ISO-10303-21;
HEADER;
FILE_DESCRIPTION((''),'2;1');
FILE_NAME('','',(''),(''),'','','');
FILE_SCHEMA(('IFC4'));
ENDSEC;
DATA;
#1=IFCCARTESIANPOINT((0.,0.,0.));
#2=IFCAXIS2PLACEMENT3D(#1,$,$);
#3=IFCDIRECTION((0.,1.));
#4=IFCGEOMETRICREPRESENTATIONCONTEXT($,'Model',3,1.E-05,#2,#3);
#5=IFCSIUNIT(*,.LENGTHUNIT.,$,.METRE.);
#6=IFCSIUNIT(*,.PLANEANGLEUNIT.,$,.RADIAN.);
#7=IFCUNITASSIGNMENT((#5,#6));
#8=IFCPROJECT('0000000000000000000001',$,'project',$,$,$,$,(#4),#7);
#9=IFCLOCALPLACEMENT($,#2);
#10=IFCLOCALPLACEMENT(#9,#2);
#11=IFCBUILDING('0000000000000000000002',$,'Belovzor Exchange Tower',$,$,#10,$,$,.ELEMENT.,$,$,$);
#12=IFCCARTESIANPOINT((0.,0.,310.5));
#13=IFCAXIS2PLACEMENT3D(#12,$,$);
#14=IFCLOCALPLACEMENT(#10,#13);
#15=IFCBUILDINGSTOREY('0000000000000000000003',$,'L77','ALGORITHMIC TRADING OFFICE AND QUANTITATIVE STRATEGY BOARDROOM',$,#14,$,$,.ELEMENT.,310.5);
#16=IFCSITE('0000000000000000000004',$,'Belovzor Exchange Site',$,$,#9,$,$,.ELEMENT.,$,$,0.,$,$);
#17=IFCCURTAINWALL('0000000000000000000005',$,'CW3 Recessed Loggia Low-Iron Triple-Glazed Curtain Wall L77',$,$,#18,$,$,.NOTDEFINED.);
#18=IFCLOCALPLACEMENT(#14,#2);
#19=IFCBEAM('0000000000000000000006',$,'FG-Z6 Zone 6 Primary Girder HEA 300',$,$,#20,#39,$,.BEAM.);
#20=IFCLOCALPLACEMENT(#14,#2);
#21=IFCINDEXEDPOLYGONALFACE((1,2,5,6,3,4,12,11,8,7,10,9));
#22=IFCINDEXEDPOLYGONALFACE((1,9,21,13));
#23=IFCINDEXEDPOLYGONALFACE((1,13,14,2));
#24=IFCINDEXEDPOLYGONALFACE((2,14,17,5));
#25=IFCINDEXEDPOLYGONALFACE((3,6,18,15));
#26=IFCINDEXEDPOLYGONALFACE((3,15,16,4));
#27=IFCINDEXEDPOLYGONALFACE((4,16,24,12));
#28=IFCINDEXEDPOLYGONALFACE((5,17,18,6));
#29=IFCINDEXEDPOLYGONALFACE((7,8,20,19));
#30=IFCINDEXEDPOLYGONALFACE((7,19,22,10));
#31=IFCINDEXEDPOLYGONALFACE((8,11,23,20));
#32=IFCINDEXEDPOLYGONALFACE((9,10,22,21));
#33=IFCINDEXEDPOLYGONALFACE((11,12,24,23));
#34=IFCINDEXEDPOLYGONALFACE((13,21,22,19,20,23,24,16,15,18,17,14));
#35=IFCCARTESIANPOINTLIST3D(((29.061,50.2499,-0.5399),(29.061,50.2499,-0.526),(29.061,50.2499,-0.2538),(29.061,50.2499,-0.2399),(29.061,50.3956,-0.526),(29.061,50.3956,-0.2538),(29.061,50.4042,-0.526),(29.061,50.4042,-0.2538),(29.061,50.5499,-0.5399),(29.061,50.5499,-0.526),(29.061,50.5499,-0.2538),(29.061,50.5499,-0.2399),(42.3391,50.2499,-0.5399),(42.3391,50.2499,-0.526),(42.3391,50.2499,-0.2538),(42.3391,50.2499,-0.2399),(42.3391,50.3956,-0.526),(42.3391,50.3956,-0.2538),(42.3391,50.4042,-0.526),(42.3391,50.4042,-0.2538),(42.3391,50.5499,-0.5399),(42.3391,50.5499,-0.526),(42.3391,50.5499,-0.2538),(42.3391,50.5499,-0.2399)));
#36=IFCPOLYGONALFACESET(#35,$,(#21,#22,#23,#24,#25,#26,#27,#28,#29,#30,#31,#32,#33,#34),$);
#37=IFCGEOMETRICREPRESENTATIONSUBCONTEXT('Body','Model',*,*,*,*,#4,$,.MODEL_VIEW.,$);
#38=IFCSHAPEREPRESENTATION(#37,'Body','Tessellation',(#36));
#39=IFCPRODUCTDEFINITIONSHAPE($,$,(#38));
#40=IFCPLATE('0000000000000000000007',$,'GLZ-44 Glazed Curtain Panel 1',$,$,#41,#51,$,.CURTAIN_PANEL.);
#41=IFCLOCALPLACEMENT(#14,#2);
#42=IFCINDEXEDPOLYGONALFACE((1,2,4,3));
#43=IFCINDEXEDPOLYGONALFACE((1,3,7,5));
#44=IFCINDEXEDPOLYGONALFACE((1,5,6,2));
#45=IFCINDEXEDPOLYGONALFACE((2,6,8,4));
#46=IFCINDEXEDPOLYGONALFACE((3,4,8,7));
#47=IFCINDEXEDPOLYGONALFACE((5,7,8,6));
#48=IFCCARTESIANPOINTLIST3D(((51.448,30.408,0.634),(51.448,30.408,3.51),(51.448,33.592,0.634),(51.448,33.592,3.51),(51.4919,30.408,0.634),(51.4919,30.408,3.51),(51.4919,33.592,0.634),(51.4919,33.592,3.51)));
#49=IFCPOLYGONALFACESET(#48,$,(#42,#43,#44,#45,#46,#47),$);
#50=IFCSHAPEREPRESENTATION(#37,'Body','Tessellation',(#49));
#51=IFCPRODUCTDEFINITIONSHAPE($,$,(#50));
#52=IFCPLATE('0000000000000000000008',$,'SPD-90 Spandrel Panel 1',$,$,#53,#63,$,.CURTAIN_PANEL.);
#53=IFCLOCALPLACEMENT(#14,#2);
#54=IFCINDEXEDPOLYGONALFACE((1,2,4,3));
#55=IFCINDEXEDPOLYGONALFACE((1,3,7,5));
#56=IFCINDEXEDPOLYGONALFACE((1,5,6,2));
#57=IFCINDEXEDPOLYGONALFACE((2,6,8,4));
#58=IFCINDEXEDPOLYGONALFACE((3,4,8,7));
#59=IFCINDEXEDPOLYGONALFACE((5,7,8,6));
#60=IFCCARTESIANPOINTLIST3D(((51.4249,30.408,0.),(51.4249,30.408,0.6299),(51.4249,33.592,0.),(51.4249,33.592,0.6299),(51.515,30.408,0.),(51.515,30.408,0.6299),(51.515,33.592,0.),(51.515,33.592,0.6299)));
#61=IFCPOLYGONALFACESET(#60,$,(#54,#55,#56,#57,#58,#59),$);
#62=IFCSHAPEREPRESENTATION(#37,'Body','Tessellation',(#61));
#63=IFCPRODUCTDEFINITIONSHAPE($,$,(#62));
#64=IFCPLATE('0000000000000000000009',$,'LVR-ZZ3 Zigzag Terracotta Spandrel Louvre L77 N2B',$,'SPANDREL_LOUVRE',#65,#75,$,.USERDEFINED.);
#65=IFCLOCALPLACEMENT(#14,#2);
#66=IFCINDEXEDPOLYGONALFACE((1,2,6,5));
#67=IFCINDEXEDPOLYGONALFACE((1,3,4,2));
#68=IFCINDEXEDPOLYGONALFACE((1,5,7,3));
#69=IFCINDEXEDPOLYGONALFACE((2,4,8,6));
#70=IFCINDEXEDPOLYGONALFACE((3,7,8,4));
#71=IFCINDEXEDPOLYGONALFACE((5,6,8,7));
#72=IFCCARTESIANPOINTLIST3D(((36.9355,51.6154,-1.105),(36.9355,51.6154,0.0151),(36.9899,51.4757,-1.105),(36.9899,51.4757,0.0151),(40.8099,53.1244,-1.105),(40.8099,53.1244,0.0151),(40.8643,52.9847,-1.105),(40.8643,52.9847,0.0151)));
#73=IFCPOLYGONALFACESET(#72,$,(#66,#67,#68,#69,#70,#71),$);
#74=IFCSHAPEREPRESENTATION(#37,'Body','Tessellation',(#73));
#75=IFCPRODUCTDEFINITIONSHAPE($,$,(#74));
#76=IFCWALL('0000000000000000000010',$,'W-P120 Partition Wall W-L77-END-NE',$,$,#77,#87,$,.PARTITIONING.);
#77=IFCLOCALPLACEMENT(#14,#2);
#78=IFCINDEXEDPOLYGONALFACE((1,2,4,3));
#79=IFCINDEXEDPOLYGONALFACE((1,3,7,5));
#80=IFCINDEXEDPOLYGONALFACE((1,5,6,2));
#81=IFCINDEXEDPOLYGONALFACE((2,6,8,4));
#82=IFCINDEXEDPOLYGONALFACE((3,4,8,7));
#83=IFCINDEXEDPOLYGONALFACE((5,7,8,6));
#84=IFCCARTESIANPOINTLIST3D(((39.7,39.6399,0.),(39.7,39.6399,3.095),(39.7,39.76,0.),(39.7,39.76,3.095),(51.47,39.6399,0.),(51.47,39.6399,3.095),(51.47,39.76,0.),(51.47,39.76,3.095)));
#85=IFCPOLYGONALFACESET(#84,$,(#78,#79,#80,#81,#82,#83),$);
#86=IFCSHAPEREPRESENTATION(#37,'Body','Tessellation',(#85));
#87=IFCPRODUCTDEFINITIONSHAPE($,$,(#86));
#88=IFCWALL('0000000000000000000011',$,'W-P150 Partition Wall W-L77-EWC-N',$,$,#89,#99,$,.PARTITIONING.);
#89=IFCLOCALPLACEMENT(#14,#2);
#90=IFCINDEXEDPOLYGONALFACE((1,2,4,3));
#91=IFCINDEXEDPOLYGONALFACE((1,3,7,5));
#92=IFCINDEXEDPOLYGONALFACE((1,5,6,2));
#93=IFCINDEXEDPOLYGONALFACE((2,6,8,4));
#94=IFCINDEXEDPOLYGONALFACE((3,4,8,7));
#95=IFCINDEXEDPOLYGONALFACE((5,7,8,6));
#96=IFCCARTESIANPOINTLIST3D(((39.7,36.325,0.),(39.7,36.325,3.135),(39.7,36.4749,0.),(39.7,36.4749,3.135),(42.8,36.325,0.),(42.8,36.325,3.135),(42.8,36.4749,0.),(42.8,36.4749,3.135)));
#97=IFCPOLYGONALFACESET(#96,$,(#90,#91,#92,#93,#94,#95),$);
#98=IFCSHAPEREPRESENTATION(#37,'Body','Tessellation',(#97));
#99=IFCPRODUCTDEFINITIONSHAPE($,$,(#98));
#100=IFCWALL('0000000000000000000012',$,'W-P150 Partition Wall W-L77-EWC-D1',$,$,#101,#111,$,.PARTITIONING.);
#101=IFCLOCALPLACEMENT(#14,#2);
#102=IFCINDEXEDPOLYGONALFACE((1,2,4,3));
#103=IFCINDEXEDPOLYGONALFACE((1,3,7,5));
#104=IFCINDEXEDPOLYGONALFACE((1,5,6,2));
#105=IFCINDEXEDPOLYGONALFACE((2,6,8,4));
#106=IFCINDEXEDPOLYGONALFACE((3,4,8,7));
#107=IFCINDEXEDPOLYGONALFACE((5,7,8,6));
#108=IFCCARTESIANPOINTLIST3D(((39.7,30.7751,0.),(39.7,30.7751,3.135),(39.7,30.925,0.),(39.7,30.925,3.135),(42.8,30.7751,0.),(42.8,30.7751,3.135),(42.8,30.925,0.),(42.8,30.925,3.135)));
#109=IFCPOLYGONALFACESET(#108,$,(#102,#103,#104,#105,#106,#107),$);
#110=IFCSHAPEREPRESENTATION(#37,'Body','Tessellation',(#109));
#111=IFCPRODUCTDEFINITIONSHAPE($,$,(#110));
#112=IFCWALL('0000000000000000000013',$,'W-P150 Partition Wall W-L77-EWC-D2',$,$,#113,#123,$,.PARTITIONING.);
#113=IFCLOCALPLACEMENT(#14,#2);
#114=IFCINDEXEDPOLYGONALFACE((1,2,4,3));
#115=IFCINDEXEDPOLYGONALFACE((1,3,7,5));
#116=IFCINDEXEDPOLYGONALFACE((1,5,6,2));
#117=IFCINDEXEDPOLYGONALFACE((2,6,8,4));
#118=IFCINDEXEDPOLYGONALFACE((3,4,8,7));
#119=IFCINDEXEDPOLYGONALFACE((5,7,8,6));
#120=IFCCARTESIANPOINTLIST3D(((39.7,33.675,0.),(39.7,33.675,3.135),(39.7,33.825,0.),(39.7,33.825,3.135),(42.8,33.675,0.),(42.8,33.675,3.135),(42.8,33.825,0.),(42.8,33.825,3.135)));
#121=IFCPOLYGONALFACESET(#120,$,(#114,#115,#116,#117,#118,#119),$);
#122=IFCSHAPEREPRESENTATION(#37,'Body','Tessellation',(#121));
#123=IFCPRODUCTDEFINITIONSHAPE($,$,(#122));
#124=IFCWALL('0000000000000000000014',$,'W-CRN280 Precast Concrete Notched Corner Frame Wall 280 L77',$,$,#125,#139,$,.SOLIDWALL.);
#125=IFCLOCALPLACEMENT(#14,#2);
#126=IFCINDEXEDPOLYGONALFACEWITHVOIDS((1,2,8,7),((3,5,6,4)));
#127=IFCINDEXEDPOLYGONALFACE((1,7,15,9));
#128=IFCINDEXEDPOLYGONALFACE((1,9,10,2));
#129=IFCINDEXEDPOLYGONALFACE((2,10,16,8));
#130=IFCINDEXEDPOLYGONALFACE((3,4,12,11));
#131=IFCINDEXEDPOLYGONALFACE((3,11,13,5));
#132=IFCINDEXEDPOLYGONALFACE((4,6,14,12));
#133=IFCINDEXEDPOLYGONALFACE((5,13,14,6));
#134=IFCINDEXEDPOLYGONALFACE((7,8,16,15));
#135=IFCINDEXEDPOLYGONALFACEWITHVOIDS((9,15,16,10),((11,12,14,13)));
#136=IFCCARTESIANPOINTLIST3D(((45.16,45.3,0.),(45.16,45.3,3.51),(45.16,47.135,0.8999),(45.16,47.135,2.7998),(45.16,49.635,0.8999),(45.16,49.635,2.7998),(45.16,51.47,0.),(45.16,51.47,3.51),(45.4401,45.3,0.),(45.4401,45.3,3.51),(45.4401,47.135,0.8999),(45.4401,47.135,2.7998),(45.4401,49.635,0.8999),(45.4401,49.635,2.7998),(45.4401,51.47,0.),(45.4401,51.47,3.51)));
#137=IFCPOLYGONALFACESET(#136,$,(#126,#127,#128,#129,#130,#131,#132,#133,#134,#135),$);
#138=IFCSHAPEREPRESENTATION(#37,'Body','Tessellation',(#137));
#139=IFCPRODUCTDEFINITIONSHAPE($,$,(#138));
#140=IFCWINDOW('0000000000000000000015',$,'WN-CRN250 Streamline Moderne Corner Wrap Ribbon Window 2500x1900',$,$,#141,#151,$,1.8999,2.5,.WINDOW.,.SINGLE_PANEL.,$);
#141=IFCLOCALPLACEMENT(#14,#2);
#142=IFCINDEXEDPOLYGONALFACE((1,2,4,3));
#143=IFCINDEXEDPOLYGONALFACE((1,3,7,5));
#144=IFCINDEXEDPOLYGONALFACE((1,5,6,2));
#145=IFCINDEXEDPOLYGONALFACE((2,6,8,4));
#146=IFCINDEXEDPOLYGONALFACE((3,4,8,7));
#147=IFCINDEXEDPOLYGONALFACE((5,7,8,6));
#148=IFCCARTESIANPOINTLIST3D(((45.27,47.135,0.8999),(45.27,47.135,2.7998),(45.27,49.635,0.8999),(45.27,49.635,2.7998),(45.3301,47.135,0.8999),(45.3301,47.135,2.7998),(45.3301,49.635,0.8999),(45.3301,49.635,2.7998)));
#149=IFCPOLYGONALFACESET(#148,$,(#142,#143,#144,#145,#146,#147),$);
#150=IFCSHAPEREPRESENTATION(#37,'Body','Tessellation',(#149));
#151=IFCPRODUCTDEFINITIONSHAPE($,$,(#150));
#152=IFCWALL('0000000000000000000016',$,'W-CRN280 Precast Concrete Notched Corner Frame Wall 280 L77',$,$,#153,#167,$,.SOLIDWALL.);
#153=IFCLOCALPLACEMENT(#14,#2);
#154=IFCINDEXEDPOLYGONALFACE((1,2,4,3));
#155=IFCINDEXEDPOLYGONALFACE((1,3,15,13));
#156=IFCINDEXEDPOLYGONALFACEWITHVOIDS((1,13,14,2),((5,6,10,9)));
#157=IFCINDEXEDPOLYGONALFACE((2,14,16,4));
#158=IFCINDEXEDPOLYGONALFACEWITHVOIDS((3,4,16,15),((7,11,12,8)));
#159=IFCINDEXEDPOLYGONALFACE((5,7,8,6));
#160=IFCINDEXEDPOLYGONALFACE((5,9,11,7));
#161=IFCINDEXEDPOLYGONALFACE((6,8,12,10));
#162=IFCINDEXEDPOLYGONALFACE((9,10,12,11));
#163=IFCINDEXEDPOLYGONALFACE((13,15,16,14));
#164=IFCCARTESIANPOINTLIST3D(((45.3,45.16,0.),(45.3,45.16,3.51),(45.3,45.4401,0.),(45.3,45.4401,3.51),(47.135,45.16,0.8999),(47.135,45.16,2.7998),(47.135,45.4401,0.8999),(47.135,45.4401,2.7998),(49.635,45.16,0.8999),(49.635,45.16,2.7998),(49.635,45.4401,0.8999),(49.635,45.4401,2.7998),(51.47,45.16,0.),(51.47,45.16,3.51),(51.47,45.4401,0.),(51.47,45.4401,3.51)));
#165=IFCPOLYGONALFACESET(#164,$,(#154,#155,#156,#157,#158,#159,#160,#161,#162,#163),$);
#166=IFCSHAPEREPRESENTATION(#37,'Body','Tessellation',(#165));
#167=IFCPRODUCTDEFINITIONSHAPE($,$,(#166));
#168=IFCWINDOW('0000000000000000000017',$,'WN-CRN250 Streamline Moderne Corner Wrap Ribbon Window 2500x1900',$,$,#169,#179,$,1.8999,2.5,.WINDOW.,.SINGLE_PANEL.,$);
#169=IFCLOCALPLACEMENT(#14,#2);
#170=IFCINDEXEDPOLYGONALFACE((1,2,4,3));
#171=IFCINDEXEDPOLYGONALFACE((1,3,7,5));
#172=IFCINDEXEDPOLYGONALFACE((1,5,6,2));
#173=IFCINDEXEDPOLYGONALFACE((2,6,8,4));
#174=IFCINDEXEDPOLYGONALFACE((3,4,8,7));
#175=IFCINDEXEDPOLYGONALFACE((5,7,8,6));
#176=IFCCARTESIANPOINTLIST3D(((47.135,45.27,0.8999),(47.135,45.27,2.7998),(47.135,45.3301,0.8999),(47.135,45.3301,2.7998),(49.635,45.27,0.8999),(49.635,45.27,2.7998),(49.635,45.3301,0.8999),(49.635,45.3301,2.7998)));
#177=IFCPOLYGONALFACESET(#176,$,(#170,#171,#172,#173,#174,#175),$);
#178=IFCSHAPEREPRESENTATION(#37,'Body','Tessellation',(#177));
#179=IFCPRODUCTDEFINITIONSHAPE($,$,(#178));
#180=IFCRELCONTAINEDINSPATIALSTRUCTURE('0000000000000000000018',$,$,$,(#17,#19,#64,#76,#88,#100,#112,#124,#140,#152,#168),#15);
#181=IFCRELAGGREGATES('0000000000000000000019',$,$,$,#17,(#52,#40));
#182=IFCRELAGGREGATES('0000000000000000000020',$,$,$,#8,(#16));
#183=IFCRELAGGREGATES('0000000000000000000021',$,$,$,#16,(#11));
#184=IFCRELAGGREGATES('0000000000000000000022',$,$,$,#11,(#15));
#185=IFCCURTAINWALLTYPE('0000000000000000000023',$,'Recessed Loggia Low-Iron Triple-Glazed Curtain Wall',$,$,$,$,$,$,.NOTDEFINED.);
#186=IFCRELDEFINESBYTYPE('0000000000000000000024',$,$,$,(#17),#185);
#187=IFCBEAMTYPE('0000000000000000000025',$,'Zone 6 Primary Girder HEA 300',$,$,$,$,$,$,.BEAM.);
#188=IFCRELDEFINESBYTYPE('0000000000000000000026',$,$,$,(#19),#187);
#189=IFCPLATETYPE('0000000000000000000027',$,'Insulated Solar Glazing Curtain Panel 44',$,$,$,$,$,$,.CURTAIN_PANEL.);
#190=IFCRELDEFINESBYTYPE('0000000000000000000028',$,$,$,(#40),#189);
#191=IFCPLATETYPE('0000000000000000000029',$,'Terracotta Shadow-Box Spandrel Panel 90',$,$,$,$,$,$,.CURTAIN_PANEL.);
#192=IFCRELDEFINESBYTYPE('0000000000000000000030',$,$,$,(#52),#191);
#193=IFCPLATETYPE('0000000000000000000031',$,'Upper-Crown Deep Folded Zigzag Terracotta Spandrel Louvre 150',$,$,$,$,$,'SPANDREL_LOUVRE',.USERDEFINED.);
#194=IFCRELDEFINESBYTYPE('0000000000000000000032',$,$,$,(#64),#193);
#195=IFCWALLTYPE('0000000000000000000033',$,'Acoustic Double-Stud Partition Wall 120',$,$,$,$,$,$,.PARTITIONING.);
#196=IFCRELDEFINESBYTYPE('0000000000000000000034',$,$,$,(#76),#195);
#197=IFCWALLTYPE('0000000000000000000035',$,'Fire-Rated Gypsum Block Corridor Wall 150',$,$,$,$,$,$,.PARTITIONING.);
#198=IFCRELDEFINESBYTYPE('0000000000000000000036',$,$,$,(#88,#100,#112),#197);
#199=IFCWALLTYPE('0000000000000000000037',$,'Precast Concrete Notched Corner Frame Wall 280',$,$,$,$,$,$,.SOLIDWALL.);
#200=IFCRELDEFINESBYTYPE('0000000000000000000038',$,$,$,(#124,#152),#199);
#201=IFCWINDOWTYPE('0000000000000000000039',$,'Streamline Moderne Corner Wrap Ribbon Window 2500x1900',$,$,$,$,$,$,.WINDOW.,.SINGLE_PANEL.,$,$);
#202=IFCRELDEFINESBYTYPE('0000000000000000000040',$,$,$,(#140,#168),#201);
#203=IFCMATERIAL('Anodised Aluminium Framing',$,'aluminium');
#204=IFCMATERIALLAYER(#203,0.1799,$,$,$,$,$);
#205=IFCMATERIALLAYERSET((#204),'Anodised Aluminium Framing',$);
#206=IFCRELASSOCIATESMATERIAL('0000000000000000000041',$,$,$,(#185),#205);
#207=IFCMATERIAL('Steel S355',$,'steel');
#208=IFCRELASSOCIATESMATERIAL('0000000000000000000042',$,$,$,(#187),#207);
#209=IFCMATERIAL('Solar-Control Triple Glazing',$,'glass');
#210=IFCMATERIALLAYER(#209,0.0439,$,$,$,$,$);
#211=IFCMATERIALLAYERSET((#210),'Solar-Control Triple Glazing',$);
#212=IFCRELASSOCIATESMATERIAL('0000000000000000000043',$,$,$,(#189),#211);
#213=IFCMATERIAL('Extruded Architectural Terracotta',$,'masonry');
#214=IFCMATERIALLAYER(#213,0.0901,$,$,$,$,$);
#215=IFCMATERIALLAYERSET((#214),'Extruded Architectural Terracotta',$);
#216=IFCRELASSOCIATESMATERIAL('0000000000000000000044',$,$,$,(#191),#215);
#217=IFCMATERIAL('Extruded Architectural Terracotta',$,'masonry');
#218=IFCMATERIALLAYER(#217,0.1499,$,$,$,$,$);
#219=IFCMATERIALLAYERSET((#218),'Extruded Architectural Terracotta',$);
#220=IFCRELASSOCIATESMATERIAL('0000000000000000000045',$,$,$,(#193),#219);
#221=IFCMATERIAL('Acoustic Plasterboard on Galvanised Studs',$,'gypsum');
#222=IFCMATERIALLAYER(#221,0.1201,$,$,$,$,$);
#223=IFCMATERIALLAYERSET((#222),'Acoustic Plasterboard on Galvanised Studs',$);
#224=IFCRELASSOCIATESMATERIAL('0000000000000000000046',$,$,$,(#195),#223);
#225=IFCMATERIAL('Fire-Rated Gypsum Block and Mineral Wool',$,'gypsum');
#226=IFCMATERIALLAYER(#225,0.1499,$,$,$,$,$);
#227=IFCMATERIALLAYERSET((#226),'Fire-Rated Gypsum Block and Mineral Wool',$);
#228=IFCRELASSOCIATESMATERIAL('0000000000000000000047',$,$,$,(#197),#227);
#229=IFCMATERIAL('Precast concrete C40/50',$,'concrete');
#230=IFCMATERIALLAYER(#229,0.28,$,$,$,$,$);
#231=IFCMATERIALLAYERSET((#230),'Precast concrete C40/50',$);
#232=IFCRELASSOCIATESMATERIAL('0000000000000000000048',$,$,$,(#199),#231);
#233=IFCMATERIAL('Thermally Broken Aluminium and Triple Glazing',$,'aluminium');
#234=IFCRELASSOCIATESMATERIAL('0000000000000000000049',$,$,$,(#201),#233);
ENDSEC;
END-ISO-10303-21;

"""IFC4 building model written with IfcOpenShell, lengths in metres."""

from ifc_helpers import new_model, si_unit, direction, frame, frame_2d, origin, origin_2d, place, context, subcontext, project, spatial, rectangle, i_section, extrude, material, layer, layer_set, material_profile, profile_set, type_object, element, fill, aggregate, save


model = new_model("IFC4")

# Units and contexts
model_context = context("Model", 3, precision=1e-05, world=origin(), true_north=direction((0.0, 1.0)))
body_context = subcontext(model_context, "Body", "Model", "MODEL_VIEW")
ifc_project = project(units=[si_unit("LENGTHUNIT", "METRE"), si_unit("PLANEANGLEUNIT", "RADIAN")], contexts=[model_context])

# Site, building, storey
site_placement = place(None, origin())
site = spatial("IfcSite", under=ifc_project, at=site_placement, Name="Belovzor Exchange Site", CompositionType="ELEMENT", RefElevation=0.0)
building_placement = place(site_placement, origin())
building = spatial("IfcBuilding", under=site, at=building_placement, Name="Belovzor Exchange Tower", CompositionType="ELEMENT")
storey_placement = place(building_placement, frame((0.0, 0.0, 310.5)))
storey = spatial("IfcBuildingStorey", under=building, at=storey_placement, Name="L77", Description="ALGORITHMIC TRADING OFFICE AND QUANTITATIVE STRATEGY BOARDROOM", CompositionType="ELEMENT", Elevation=310.5)

# Curtain wall
ifc_material_1 = material(Name="Anodised Aluminium Framing", Category="aluminium")
ifc_layer_1 = layer(ifc_material_1, 0.1799)
ifc_layer_set_1 = layer_set([ifc_layer_1], Name="Anodised Aluminium Framing")
curtain_wall_type = type_object("IfcCurtainWallType", Name="Recessed Loggia Low-Iron Triple-Glazed Curtain Wall", PredefinedType="NOTDEFINED", material=ifc_layer_set_1)
curtain_wall_placement = place(storey_placement, origin())
curtain_wall = element("IfcCurtainWall", 1, at=curtain_wall_placement, inside=storey, type_object=curtain_wall_type, Name="CW3 Recessed Loggia Low-Iron Triple-Glazed Curtain Wall L77", PredefinedType="NOTDEFINED")

# Beam
ifc_material_2 = material(Name="Steel S355", Category="steel")
ifc_material_profile_1 = material_profile(ifc_material_2, i_section(OverallWidth=0.3, OverallDepth=0.3, WebThickness=0.0085, FlangeThickness=0.0139, at=origin_2d()))
ifc_profile_set_1 = profile_set([ifc_material_profile_1], Name="Steel S355")
beam_type_1 = type_object("IfcBeamType", Name="Zone 6 Primary Girder HEA 300", PredefinedType="BEAM", material=ifc_profile_set_1)
beam_1_placement = place(storey_placement, frame((42.3391, 50.3999, -0.3899), z_axis=(-1.0, 0.0, 0.0), x_axis=(0.0, -1.0, 0.0)))
element("IfcBeam", 2, at=beam_1_placement, inside=storey, type_object=beam_type_1, Name="FG-Z6 Zone 6 Primary Girder HEA 300", PredefinedType="BEAM", context=body_context, shape_type="SweptSolid", body=[
    extrude(i_section(OverallWidth=0.3, OverallDepth=0.3, WebThickness=0.0085, FlangeThickness=0.0139, at=origin_2d()), origin(), (0.0, 0.0, 1.0), 13.2781),
])

# Plates
ifc_material_3 = material(Name="Solar-Control Triple Glazing", Category="glass")
ifc_layer_2 = layer(ifc_material_3, 0.0439)
ifc_layer_set_2 = layer_set([ifc_layer_2], Name="Solar-Control Triple Glazing")
plate_type_1 = type_object("IfcPlateType", Name="Insulated Solar Glazing Curtain Panel 44", PredefinedType="CURTAIN_PANEL", material=ifc_layer_set_2)
plate_1_placement = place(storey_placement, frame((51.47, 32.0, 0.634), z_axis=(0.0, 0.0, 1.0), x_axis=(0.0, -1.0, 0.0)))
plate_1 = element("IfcPlate", 3, at=plate_1_placement, type_object=plate_type_1, Name="GLZ-44 Glazed Curtain Panel 1", PredefinedType="CURTAIN_PANEL", context=body_context, shape_type="SweptSolid", body=[
    extrude(rectangle(XDim=3.1841, YDim=0.0439, at=origin_2d()), origin(), (0.0, 0.0, 1.0), 2.876),
])
ifc_material_4 = material(Name="Extruded Architectural Terracotta", Category="masonry")
ifc_layer_3 = layer(ifc_material_4, 0.0901)
ifc_layer_set_3 = layer_set([ifc_layer_3], Name="Extruded Architectural Terracotta")
plate_type_2 = type_object("IfcPlateType", Name="Terracotta Shadow-Box Spandrel Panel 90", PredefinedType="CURTAIN_PANEL", material=ifc_layer_set_3)
plate_2_placement = place(storey_placement, frame((51.47, 32.0, 0.0), z_axis=(0.0, 0.0, 1.0), x_axis=(0.0, -1.0, 0.0)))
plate_2 = element("IfcPlate", 4, at=plate_2_placement, type_object=plate_type_2, Name="SPD-90 Spandrel Panel 1", PredefinedType="CURTAIN_PANEL", context=body_context, shape_type="SweptSolid", body=[
    extrude(rectangle(XDim=3.1841, YDim=0.0901, at=origin_2d()), origin(), (0.0, 0.0, 1.0), 0.6299),
])
aggregate(curtain_wall, [plate_2, plate_1])
ifc_material_5 = material(Name="Extruded Architectural Terracotta", Category="masonry")
ifc_layer_4 = layer(ifc_material_5, 0.1499)
ifc_layer_set_4 = layer_set([ifc_layer_4], Name="Extruded Architectural Terracotta")
plate_type_3 = type_object("IfcPlateType", Name="Upper-Crown Deep Folded Zigzag Terracotta Spandrel Louvre 150", ElementType="SPANDREL_LOUVRE", PredefinedType="USERDEFINED", material=ifc_layer_set_4)
plate_3_placement = place(storey_placement, frame((38.8999, 52.3, -1.105), z_axis=(0.0, 0.0, 1.0), x_axis=(0.931818, 0.362926, 0.0)))
element("IfcPlate", 5, at=plate_3_placement, inside=storey, type_object=plate_type_3, Name="LVR-ZZ3 Zigzag Terracotta Spandrel Louvre L77 N2B", ObjectType="SPANDREL_LOUVRE", PredefinedType="USERDEFINED", context=body_context, shape_type="SweptSolid", body=[
    extrude(rectangle(XDim=4.158, YDim=0.1499, at=origin_2d()), origin(), (0.0, 0.0, 1.0), 1.1201),
])

# Walls
ifc_material_6 = material(Name="Acoustic Plasterboard on Galvanised Studs", Category="gypsum")
ifc_layer_5 = layer(ifc_material_6, 0.1201)
ifc_layer_set_5 = layer_set([ifc_layer_5], Name="Acoustic Plasterboard on Galvanised Studs")
wall_type_1 = type_object("IfcWallType", Name="Acoustic Double-Stud Partition Wall 120", PredefinedType="PARTITIONING", material=ifc_layer_set_5)
wall_1_placement = place(storey_placement, frame((39.7, 39.7, 0.0), z_axis=(0.0, 0.0, 1.0), x_axis=(1.0, 0.0, 0.0)))
element("IfcWall", 6, at=wall_1_placement, inside=storey, type_object=wall_type_1, Name="W-P120 Partition Wall W-L77-END-NE", PredefinedType="PARTITIONING", context=body_context, shape_type="SweptSolid", body=[
    extrude(rectangle(XDim=11.77, YDim=0.1201, at=frame_2d((5.885, 0.0))), origin(), (0.0, 0.0, 1.0), 3.095),
])
ifc_material_7 = material(Name="Fire-Rated Gypsum Block and Mineral Wool", Category="gypsum")
ifc_layer_6 = layer(ifc_material_7, 0.1499)
ifc_layer_set_6 = layer_set([ifc_layer_6], Name="Fire-Rated Gypsum Block and Mineral Wool")
wall_type_2 = type_object("IfcWallType", Name="Fire-Rated Gypsum Block Corridor Wall 150", PredefinedType="PARTITIONING", material=ifc_layer_set_6)
for number, where, z_axis, x_axis, name in (
    (7, (39.7, 36.3999, 0.0), (0.0, 0.0, 1.0), (1.0, 0.0, 0.0), "W-P150 Partition Wall W-L77-EWC-N"),
    (8, (39.7, 30.8501, 0.0), (0.0, 0.0, 1.0), (1.0, 0.0, 0.0), "W-P150 Partition Wall W-L77-EWC-D1"),
    (9, (39.7, 33.75, 0.0), (0.0, 0.0, 1.0), (1.0, 0.0, 0.0), "W-P150 Partition Wall W-L77-EWC-D2"),
):
    element("IfcWall", number, at=place(storey_placement, frame(where, z_axis=z_axis, x_axis=x_axis)), inside=storey, type_object=wall_type_2, Name=name, PredefinedType="PARTITIONING", context=body_context, shape_type="SweptSolid", body=[
        extrude(rectangle(XDim=3.1001, YDim=0.1499, at=frame_2d((1.55, 0.0))), origin(), (0.0, 0.0, 1.0), 3.135),
    ])

# Walls, openings, windows
ifc_material_8 = material(Name="Precast concrete C40/50", Category="concrete")
ifc_layer_7 = layer(ifc_material_8, 0.28)
ifc_layer_set_7 = layer_set([ifc_layer_7], Name="Precast concrete C40/50")
wall_type_3 = type_object("IfcWallType", Name="Precast Concrete Notched Corner Frame Wall 280", PredefinedType="SOLIDWALL", material=ifc_layer_set_7)
wall_2_placement = place(storey_placement, frame((45.3, 51.47, 0.0), z_axis=(0.0, 0.0, 1.0), x_axis=(0.0, -1.0, 0.0)))
wall_2 = element("IfcWall", 10, at=wall_2_placement, inside=storey, type_object=wall_type_3, Name="W-CRN280 Precast Concrete Notched Corner Frame Wall 280 L77", PredefinedType="SOLIDWALL", context=body_context, shape_type="SweptSolid", body=[
    extrude(rectangle(XDim=6.1699, YDim=0.28, at=frame_2d((3.085, 0.0))), origin(), (0.0, 0.0, 1.0), 3.51),
])
opening_1_placement = place(wall_2_placement, frame((1.835, 0.0, 0.8999)))
opening_1 = element("IfcOpeningElement", 11, at=opening_1_placement, cuts=wall_2, PredefinedType="OPENING", context=body_context, shape_type="SweptSolid", body=[
    extrude(rectangle(XDim=2.5, YDim=1.8999, at=frame_2d((1.25, 0.95))), frame((0.0, 0.1499, 0.0), z_axis=(0.0, -1.0, 0.0), x_axis=(1.0, 0.0, 0.0)), (0.0, 0.0, 1.0), 0.3),
])
ifc_material_9 = material(Name="Thermally Broken Aluminium and Triple Glazing", Category="aluminium")
window_type = type_object("IfcWindowType", Name="Streamline Moderne Corner Wrap Ribbon Window 2500x1900", PartitioningType="SINGLE_PANEL", PredefinedType="WINDOW", material=ifc_material_9)
window_1_placement = place(opening_1_placement, origin())
window_1 = element("IfcWindow", 12, at=window_1_placement, inside=storey, type_object=window_type, Name="WN-CRN250 Streamline Moderne Corner Wrap Ribbon Window 2500x1900", OverallHeight=1.8999, OverallWidth=2.5, PartitioningType="SINGLE_PANEL", PredefinedType="WINDOW", context=body_context, shape_type="SweptSolid", body=[
    extrude(rectangle(XDim=2.5, YDim=1.8999, at=frame_2d((1.25, 0.95))), frame((0.0, 0.03, 0.0), z_axis=(0.0, -1.0, 0.0), x_axis=(1.0, 0.0, 0.0)), (0.0, 0.0, 1.0), 0.0601),
])
fill(opening_1, window_1)
wall_3_placement = place(storey_placement, frame((45.3, 45.3, 0.0), z_axis=(0.0, 0.0, 1.0), x_axis=(1.0, 0.0, 0.0)))
wall_3 = element("IfcWall", 13, at=wall_3_placement, inside=storey, type_object=wall_type_3, Name="W-CRN280 Precast Concrete Notched Corner Frame Wall 280 L77", PredefinedType="SOLIDWALL", context=body_context, shape_type="SweptSolid", body=[
    extrude(rectangle(XDim=6.1699, YDim=0.28, at=frame_2d((3.085, 0.0))), origin(), (0.0, 0.0, 1.0), 3.51),
])
opening_2_placement = place(wall_3_placement, frame((1.835, 0.0, 0.8999)))
opening_2 = element("IfcOpeningElement", 14, at=opening_2_placement, cuts=wall_3, PredefinedType="OPENING", context=body_context, shape_type="SweptSolid", body=[
    extrude(rectangle(XDim=2.5, YDim=1.8999, at=frame_2d((1.25, 0.95))), frame((0.0, 0.1499, 0.0), z_axis=(0.0, -1.0, 0.0), x_axis=(1.0, 0.0, 0.0)), (0.0, 0.0, 1.0), 0.3),
])
window_2_placement = place(opening_2_placement, origin())
window_2 = element("IfcWindow", 15, at=window_2_placement, inside=storey, type_object=window_type, Name="WN-CRN250 Streamline Moderne Corner Wrap Ribbon Window 2500x1900", OverallHeight=1.8999, OverallWidth=2.5, PartitioningType="SINGLE_PANEL", PredefinedType="WINDOW", context=body_context, shape_type="SweptSolid", body=[
    extrude(rectangle(XDim=2.5, YDim=1.8999, at=frame_2d((1.25, 0.95))), frame((0.0, 0.03, 0.0), z_axis=(0.0, -1.0, 0.0), x_axis=(1.0, 0.0, 0.0)), (0.0, 0.0, 1.0), 0.0601),
])
fill(opening_2, window_2)

save(model, "model.ifc")
